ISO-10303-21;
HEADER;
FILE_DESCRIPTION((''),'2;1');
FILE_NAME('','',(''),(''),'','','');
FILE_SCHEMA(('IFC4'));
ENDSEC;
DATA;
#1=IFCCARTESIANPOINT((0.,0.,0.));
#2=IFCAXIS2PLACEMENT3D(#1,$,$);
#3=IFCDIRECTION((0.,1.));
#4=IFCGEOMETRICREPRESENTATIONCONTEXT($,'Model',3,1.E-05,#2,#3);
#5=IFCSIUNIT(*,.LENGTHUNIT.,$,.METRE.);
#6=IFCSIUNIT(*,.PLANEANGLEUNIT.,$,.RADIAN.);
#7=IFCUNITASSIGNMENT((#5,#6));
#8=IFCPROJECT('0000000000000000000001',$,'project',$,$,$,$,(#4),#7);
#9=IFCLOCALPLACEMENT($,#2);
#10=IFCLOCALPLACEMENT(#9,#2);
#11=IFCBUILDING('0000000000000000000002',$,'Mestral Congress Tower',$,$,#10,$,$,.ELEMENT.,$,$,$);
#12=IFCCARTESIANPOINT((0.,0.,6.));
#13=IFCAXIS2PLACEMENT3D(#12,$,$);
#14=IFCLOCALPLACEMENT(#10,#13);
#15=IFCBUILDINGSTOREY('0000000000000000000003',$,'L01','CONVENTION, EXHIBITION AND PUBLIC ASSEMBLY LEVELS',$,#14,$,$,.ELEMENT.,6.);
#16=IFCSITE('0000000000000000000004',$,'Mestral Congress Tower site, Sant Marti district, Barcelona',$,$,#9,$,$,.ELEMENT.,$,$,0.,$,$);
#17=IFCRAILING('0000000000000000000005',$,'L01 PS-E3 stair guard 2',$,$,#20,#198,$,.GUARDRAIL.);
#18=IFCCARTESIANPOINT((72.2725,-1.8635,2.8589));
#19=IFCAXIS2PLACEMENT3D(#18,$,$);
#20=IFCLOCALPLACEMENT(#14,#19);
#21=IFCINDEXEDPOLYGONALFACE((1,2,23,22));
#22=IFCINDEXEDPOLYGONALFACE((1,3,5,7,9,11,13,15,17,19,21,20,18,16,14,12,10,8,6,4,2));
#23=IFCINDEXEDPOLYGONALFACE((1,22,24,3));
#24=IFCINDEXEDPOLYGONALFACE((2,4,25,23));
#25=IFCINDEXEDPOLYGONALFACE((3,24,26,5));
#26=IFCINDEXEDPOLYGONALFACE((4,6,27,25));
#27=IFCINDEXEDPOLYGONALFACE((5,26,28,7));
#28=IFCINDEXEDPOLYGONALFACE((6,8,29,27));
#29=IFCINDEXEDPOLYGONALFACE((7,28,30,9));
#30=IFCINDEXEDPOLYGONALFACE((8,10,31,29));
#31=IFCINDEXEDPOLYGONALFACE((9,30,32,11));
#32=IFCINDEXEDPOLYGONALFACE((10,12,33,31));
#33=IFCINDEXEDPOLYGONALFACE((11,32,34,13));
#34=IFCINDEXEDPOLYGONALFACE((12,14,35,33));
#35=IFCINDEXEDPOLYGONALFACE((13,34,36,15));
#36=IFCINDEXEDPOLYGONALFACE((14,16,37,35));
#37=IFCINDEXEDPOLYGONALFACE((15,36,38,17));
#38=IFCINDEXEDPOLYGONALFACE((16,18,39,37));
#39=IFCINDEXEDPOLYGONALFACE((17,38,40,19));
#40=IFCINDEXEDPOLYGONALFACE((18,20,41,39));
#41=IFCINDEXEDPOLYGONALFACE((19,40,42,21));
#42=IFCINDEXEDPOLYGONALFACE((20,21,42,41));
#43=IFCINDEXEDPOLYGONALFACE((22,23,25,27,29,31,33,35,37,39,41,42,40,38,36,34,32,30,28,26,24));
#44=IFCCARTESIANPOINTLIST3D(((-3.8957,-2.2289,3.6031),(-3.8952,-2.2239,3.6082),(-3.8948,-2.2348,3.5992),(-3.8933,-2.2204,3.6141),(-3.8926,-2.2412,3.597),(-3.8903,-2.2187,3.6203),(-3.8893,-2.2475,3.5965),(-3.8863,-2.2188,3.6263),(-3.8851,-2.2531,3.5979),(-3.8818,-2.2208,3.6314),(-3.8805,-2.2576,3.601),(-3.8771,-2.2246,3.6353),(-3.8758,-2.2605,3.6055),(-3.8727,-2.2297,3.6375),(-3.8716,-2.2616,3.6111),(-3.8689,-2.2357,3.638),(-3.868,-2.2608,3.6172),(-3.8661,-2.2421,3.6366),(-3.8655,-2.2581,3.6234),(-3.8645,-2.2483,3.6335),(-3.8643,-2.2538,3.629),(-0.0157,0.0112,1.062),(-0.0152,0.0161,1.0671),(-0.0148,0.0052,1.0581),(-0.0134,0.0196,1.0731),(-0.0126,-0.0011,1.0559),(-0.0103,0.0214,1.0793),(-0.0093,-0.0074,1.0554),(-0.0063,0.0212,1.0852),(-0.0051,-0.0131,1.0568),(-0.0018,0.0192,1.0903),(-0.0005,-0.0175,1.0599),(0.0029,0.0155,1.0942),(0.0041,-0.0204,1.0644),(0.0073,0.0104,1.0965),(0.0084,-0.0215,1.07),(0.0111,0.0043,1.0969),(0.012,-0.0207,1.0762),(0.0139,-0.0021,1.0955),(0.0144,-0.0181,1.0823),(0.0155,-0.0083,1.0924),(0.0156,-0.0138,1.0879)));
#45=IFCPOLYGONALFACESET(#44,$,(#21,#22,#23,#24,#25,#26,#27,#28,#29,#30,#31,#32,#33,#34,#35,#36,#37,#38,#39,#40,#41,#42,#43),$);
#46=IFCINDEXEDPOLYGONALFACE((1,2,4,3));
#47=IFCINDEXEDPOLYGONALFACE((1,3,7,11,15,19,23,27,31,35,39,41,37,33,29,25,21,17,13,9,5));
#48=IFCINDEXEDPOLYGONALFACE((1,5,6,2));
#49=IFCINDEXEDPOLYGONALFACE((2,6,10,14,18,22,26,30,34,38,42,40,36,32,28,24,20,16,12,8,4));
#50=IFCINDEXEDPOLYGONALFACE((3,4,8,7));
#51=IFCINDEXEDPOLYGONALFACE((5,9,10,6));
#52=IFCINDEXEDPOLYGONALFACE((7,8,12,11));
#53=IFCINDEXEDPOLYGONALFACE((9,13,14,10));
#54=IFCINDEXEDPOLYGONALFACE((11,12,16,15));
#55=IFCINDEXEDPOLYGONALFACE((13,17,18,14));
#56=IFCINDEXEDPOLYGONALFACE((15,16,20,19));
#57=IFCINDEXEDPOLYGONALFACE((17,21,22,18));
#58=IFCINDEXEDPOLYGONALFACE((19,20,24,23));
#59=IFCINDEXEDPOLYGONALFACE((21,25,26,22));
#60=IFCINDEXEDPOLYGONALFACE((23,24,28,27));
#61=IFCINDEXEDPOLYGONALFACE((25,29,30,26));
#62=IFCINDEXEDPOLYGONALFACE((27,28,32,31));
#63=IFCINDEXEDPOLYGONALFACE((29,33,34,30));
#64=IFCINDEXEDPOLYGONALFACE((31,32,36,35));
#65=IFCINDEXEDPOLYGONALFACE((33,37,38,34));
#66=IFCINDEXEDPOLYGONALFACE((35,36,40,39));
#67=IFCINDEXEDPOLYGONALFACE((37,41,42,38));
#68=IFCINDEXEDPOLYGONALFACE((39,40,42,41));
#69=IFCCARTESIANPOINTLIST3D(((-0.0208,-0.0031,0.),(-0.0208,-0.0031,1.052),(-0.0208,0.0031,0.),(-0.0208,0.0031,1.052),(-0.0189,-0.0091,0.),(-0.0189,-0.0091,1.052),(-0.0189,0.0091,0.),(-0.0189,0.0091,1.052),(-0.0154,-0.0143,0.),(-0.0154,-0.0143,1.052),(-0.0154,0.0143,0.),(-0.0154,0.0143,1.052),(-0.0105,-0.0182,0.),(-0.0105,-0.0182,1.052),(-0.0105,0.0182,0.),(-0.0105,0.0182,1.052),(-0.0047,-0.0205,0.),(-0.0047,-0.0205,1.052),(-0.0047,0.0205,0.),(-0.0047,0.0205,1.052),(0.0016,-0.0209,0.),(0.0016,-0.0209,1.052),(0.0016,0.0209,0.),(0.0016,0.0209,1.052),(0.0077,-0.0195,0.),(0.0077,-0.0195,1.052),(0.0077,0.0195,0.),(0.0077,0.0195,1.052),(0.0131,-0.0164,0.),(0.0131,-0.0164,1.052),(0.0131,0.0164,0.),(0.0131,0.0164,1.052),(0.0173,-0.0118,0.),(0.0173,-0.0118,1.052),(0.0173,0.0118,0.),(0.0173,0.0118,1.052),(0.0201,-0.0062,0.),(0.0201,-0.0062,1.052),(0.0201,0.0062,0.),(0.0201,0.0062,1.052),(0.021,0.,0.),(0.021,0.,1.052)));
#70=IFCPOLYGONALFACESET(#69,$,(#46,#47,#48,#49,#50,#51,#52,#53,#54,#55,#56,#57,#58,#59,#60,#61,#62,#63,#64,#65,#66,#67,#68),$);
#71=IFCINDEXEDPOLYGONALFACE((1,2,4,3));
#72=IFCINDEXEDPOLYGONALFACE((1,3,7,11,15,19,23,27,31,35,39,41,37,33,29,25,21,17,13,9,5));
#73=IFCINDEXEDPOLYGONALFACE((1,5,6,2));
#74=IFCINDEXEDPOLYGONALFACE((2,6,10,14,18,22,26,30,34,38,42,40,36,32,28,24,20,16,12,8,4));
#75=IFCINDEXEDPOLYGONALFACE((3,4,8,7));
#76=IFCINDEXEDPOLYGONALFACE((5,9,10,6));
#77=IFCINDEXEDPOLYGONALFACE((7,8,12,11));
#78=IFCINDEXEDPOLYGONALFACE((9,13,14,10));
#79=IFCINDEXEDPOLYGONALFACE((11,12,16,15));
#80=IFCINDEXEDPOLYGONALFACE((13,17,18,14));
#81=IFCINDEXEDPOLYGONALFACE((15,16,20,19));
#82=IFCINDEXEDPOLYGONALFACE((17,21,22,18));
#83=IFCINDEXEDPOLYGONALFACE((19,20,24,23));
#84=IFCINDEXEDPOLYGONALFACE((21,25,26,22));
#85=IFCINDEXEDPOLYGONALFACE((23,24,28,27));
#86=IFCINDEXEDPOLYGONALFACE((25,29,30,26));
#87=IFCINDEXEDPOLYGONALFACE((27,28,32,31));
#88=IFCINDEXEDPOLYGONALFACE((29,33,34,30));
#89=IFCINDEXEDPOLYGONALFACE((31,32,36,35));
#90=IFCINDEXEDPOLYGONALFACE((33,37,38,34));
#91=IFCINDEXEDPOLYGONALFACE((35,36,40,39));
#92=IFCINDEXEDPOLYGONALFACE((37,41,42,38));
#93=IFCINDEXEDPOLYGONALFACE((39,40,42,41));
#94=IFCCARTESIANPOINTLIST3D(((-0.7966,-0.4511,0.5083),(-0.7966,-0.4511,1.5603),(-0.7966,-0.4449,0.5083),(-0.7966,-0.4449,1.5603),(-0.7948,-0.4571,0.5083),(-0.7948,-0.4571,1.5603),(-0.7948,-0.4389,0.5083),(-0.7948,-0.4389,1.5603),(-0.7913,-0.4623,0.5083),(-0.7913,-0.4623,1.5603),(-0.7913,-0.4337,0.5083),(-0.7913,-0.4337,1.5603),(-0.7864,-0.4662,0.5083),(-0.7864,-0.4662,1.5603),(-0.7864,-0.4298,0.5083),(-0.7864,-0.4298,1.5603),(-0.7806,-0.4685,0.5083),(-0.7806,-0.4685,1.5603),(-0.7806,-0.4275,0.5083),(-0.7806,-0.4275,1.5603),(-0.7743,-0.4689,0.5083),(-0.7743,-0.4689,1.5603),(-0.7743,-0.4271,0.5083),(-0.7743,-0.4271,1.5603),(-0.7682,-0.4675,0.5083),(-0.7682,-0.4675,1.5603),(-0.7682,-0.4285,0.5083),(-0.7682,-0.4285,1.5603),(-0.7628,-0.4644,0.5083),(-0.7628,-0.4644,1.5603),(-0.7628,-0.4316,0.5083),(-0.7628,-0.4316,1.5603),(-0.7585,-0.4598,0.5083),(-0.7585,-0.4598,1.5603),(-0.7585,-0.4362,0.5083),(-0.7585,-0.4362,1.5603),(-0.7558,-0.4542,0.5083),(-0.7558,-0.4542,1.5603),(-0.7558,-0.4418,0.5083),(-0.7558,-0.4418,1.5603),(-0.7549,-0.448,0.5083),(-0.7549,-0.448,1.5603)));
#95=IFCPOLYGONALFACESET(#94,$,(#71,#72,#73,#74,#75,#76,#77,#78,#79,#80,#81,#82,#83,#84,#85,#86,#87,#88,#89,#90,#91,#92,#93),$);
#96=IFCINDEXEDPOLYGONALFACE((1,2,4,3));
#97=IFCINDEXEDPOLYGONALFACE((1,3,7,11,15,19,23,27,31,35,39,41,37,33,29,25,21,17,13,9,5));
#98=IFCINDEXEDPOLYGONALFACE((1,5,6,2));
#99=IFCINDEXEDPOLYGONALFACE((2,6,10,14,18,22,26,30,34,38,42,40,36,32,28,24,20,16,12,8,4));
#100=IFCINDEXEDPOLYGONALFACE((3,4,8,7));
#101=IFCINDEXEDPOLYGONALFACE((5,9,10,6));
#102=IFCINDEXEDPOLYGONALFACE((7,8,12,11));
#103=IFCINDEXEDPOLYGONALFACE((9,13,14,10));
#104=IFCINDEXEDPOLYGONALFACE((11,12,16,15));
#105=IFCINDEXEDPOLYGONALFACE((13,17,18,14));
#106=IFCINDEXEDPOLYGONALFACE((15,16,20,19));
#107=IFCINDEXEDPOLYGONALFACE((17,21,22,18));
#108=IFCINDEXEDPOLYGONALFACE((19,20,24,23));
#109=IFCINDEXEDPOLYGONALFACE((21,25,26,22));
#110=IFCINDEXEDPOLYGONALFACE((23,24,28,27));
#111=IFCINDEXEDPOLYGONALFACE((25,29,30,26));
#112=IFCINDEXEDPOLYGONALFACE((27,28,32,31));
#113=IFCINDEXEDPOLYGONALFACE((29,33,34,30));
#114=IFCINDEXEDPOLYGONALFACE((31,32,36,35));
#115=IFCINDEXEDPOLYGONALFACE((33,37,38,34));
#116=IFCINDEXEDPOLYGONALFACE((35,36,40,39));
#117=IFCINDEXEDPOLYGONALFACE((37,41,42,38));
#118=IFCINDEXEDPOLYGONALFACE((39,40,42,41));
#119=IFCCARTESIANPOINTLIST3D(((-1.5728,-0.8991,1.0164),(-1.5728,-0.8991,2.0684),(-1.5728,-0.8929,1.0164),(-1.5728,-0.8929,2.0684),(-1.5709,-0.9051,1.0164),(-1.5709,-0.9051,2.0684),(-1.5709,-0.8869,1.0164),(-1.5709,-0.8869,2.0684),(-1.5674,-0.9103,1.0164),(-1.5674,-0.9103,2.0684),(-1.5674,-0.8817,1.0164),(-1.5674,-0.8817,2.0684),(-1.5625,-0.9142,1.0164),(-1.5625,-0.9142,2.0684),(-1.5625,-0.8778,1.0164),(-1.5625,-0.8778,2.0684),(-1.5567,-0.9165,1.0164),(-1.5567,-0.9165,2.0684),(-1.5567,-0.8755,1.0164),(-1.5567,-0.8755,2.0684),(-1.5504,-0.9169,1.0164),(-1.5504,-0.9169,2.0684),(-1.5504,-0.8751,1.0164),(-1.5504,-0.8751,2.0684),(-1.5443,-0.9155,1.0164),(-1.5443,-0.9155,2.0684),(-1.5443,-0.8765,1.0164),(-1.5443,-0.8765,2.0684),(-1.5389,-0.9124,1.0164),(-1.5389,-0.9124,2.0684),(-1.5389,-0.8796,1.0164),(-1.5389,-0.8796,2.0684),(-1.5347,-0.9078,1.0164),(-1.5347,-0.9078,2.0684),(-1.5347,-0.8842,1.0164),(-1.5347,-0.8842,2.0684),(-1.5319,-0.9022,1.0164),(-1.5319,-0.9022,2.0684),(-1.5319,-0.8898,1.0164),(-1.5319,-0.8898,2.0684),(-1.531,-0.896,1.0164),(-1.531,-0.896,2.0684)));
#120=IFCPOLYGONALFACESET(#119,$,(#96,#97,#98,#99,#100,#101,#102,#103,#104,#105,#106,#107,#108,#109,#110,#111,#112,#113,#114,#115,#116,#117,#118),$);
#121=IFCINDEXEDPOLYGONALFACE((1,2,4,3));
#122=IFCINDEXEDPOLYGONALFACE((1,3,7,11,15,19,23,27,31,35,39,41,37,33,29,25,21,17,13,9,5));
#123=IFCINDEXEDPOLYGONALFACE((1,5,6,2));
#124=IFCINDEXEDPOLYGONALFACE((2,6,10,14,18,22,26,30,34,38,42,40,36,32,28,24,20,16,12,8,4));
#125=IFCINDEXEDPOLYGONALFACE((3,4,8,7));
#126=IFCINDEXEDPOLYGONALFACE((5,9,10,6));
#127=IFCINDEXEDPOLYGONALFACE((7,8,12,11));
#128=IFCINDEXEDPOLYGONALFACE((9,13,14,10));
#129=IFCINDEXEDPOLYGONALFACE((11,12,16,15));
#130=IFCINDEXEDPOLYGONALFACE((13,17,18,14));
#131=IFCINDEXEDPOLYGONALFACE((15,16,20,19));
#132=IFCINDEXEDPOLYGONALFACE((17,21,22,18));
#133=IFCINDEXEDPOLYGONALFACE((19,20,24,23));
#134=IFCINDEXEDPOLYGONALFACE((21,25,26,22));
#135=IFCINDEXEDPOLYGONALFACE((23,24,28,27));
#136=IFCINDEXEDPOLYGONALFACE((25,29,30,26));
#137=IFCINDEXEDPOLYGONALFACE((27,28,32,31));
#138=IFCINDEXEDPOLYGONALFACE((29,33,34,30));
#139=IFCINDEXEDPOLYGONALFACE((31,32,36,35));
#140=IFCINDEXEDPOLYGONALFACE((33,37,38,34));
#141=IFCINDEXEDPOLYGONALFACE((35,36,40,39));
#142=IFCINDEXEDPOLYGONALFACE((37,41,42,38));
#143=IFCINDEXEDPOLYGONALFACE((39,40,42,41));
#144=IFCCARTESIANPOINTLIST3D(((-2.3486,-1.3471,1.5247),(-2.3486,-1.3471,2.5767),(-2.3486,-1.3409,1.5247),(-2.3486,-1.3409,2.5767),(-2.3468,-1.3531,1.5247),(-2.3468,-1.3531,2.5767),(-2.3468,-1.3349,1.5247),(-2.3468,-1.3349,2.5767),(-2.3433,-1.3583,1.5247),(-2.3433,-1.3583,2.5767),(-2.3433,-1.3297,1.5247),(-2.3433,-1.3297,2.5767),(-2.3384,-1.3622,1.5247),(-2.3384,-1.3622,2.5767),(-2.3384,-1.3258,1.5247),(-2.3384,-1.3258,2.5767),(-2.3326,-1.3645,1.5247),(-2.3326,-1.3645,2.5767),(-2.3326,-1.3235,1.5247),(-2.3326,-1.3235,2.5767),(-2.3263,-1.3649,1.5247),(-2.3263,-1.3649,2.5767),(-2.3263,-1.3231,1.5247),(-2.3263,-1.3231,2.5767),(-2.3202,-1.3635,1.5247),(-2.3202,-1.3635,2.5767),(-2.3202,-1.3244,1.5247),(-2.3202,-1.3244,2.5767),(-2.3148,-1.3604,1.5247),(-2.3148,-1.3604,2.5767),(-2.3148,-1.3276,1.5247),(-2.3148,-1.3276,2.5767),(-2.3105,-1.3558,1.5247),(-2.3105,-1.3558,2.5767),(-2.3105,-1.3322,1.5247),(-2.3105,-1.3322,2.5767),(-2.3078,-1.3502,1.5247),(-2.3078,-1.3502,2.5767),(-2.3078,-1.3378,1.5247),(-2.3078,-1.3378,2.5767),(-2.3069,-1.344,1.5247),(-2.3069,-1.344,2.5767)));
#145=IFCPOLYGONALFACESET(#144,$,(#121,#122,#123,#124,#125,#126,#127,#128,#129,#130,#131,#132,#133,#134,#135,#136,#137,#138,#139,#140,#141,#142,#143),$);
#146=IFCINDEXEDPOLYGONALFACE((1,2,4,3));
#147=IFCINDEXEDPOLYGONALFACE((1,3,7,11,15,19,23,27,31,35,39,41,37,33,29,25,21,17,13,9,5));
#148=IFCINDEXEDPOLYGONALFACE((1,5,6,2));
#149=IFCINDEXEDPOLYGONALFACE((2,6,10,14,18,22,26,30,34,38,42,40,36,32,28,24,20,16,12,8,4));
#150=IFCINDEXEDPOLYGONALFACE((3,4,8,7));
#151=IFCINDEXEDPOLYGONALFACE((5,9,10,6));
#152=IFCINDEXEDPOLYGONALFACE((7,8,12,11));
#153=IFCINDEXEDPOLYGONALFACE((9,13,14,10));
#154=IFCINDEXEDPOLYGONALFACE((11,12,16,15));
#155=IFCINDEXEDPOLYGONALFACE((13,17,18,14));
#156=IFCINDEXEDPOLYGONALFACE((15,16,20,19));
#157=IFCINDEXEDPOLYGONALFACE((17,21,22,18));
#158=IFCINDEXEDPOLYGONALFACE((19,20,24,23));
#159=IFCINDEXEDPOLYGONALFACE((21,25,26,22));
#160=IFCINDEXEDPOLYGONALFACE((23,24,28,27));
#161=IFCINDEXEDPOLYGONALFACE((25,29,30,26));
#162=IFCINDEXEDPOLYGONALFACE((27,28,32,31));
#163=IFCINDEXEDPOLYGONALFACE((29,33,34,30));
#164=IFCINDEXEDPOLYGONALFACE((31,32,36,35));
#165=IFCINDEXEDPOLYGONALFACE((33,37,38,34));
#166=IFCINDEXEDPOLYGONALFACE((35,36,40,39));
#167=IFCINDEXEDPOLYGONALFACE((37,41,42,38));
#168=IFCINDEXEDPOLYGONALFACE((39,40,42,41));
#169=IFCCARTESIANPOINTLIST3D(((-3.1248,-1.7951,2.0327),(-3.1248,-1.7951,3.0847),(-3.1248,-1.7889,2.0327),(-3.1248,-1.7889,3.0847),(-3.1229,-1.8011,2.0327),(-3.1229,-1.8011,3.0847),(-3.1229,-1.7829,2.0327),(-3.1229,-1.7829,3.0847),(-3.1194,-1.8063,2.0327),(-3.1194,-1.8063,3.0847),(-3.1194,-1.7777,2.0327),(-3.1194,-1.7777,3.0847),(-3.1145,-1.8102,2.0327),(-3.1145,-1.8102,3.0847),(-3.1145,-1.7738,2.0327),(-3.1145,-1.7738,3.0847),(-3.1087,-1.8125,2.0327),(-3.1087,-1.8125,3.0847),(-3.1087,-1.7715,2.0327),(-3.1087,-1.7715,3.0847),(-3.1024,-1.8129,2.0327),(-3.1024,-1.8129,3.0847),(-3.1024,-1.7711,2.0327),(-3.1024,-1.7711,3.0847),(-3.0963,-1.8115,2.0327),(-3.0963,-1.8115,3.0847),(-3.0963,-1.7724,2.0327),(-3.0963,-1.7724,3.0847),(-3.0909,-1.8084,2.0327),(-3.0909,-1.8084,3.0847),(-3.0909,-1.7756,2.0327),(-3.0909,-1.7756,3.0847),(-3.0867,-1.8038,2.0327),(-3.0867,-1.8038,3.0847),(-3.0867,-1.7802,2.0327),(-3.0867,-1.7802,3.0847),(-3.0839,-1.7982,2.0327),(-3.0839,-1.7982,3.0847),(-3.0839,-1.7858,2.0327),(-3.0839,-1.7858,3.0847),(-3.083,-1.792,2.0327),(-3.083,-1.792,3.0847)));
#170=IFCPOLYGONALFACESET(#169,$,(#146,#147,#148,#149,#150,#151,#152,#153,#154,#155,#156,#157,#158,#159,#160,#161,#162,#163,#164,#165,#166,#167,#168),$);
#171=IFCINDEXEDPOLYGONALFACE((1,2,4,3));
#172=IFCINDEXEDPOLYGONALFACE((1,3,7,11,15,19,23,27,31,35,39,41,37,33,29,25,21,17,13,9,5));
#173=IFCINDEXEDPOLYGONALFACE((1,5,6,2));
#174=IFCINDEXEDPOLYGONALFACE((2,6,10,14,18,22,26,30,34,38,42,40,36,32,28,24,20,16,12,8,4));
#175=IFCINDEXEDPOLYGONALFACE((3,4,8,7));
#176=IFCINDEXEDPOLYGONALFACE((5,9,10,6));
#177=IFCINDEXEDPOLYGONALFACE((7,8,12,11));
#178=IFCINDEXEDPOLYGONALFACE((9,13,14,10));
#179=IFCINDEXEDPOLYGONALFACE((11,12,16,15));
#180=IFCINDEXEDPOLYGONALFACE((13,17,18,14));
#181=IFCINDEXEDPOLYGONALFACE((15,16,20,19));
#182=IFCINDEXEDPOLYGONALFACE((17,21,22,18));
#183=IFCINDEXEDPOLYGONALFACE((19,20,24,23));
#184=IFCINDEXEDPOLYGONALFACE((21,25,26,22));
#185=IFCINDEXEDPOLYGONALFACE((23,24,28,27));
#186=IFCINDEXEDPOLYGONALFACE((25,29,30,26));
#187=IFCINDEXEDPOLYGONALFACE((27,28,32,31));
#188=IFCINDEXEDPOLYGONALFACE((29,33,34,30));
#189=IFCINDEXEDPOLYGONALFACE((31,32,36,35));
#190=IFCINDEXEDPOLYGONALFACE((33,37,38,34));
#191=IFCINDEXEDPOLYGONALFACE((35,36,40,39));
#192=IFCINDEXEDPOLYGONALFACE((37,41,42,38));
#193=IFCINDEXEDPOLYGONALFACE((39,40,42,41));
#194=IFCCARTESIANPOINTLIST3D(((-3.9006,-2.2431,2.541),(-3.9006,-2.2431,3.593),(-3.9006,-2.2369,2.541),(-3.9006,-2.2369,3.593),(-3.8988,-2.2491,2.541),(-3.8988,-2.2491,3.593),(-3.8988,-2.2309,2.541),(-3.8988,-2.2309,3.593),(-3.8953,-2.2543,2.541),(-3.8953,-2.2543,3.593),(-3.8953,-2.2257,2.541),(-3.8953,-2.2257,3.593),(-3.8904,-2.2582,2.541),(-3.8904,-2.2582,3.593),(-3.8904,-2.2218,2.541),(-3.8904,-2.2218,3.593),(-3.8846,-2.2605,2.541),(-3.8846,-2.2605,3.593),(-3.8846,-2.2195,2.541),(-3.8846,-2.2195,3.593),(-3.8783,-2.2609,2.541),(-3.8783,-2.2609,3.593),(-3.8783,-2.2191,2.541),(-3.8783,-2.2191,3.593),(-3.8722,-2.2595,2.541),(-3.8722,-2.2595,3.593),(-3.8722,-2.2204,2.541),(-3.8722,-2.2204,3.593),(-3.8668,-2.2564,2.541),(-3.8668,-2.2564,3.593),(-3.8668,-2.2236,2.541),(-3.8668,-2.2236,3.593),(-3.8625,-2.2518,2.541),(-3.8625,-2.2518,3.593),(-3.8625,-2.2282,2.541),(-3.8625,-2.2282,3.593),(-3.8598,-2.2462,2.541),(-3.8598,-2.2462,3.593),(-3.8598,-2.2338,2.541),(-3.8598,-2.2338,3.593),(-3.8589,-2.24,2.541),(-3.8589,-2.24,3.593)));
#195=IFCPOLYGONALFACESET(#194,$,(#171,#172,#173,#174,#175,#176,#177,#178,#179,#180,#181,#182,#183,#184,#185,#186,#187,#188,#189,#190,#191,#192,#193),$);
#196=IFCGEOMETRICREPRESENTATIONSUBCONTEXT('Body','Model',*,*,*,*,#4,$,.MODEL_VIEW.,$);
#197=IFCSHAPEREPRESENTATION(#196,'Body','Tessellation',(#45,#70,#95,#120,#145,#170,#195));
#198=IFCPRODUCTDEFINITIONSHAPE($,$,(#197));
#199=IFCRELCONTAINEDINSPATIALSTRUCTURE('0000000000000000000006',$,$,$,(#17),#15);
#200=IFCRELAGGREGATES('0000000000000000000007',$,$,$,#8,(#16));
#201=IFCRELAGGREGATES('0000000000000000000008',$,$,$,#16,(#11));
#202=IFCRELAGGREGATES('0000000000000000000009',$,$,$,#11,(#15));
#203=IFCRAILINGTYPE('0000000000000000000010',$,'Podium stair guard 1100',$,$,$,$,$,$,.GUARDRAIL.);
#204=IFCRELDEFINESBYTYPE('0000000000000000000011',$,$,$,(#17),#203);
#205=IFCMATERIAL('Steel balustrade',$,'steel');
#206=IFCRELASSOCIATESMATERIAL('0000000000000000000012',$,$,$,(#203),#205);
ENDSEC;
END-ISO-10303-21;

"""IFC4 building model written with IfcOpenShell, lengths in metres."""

from ifc_helpers import new_model, si_unit, direction, frame, origin, origin_2d, place, context, subcontext, project, spatial, circle, extrude, material, type_object, element, save


model = new_model("IFC4")

# Units and contexts
model_context = context("Model", 3, precision=1e-05, world=origin(), true_north=direction((0.0, 1.0)))
body_context = subcontext(model_context, "Body", "Model", "MODEL_VIEW")
ifc_project = project(units=[si_unit("LENGTHUNIT", "METRE"), si_unit("PLANEANGLEUNIT", "RADIAN")], contexts=[model_context])

# Site, building, storey
site_placement = place(None, origin())
site = spatial("IfcSite", under=ifc_project, at=site_placement, Name="Mestral Congress Tower site, Sant Marti district, Barcelona", CompositionType="ELEMENT", RefElevation=0.0)
building_placement = place(site_placement, origin())
building = spatial("IfcBuilding", under=site, at=building_placement, Name="Mestral Congress Tower", CompositionType="ELEMENT")
storey_placement = place(building_placement, frame((0.0, 0.0, 6.0)))
storey = spatial("IfcBuildingStorey", under=building, at=storey_placement, Name="L01", Description="CONVENTION, EXHIBITION AND PUBLIC ASSEMBLY LEVELS", CompositionType="ELEMENT", Elevation=6.0)

# Railing
ifc_material_1 = material(Name="Steel balustrade", Category="steel")
railing_type = type_object("IfcRailingType", Name="Podium stair guard 1100", PredefinedType="GUARDRAIL", material=ifc_material_1)
railing_placement = place(storey_placement, frame((72.2725, -1.8635, 2.8589)))
element("IfcRailing", 1, at=railing_placement, inside=storey, type_object=railing_type, Name="L01 PS-E3 stair guard 2", PredefinedType="GUARDRAIL", context=body_context, shape_type="SweptSolid", body=[
    extrude(circle(Radius=0.0239, at=origin_2d()), frame((0.0, 0.0, 1.0762), z_axis=(-0.7533, -0.434906, 0.493352), x_axis=(0.49999, -0.866031, 0.0)), (0.0, 0.0, 1.0), 5.1506),
    extrude(circle(Radius=0.021, at=origin_2d()), origin(), (0.0, 0.0, 1.0), 1.052),
    extrude(circle(Radius=0.021, at=origin_2d()), frame((-0.7759, -0.448, 0.5083)), (0.0, 0.0, 1.0), 1.052),
    extrude(circle(Radius=0.021, at=origin_2d()), frame((-1.552, -0.896, 1.0164)), (0.0, 0.0, 1.0), 1.052),
    extrude(circle(Radius=0.021, at=origin_2d()), frame((-2.3279, -1.344, 1.5247)), (0.0, 0.0, 1.0), 1.052),
    extrude(circle(Radius=0.021, at=origin_2d()), frame((-3.104, -1.792, 2.0327)), (0.0, 0.0, 1.0), 1.052),
    extrude(circle(Radius=0.021, at=origin_2d()), frame((-3.8799, -2.24, 2.541)), (0.0, 0.0, 1.0), 1.052),
])

save(model, "model.ifc")
